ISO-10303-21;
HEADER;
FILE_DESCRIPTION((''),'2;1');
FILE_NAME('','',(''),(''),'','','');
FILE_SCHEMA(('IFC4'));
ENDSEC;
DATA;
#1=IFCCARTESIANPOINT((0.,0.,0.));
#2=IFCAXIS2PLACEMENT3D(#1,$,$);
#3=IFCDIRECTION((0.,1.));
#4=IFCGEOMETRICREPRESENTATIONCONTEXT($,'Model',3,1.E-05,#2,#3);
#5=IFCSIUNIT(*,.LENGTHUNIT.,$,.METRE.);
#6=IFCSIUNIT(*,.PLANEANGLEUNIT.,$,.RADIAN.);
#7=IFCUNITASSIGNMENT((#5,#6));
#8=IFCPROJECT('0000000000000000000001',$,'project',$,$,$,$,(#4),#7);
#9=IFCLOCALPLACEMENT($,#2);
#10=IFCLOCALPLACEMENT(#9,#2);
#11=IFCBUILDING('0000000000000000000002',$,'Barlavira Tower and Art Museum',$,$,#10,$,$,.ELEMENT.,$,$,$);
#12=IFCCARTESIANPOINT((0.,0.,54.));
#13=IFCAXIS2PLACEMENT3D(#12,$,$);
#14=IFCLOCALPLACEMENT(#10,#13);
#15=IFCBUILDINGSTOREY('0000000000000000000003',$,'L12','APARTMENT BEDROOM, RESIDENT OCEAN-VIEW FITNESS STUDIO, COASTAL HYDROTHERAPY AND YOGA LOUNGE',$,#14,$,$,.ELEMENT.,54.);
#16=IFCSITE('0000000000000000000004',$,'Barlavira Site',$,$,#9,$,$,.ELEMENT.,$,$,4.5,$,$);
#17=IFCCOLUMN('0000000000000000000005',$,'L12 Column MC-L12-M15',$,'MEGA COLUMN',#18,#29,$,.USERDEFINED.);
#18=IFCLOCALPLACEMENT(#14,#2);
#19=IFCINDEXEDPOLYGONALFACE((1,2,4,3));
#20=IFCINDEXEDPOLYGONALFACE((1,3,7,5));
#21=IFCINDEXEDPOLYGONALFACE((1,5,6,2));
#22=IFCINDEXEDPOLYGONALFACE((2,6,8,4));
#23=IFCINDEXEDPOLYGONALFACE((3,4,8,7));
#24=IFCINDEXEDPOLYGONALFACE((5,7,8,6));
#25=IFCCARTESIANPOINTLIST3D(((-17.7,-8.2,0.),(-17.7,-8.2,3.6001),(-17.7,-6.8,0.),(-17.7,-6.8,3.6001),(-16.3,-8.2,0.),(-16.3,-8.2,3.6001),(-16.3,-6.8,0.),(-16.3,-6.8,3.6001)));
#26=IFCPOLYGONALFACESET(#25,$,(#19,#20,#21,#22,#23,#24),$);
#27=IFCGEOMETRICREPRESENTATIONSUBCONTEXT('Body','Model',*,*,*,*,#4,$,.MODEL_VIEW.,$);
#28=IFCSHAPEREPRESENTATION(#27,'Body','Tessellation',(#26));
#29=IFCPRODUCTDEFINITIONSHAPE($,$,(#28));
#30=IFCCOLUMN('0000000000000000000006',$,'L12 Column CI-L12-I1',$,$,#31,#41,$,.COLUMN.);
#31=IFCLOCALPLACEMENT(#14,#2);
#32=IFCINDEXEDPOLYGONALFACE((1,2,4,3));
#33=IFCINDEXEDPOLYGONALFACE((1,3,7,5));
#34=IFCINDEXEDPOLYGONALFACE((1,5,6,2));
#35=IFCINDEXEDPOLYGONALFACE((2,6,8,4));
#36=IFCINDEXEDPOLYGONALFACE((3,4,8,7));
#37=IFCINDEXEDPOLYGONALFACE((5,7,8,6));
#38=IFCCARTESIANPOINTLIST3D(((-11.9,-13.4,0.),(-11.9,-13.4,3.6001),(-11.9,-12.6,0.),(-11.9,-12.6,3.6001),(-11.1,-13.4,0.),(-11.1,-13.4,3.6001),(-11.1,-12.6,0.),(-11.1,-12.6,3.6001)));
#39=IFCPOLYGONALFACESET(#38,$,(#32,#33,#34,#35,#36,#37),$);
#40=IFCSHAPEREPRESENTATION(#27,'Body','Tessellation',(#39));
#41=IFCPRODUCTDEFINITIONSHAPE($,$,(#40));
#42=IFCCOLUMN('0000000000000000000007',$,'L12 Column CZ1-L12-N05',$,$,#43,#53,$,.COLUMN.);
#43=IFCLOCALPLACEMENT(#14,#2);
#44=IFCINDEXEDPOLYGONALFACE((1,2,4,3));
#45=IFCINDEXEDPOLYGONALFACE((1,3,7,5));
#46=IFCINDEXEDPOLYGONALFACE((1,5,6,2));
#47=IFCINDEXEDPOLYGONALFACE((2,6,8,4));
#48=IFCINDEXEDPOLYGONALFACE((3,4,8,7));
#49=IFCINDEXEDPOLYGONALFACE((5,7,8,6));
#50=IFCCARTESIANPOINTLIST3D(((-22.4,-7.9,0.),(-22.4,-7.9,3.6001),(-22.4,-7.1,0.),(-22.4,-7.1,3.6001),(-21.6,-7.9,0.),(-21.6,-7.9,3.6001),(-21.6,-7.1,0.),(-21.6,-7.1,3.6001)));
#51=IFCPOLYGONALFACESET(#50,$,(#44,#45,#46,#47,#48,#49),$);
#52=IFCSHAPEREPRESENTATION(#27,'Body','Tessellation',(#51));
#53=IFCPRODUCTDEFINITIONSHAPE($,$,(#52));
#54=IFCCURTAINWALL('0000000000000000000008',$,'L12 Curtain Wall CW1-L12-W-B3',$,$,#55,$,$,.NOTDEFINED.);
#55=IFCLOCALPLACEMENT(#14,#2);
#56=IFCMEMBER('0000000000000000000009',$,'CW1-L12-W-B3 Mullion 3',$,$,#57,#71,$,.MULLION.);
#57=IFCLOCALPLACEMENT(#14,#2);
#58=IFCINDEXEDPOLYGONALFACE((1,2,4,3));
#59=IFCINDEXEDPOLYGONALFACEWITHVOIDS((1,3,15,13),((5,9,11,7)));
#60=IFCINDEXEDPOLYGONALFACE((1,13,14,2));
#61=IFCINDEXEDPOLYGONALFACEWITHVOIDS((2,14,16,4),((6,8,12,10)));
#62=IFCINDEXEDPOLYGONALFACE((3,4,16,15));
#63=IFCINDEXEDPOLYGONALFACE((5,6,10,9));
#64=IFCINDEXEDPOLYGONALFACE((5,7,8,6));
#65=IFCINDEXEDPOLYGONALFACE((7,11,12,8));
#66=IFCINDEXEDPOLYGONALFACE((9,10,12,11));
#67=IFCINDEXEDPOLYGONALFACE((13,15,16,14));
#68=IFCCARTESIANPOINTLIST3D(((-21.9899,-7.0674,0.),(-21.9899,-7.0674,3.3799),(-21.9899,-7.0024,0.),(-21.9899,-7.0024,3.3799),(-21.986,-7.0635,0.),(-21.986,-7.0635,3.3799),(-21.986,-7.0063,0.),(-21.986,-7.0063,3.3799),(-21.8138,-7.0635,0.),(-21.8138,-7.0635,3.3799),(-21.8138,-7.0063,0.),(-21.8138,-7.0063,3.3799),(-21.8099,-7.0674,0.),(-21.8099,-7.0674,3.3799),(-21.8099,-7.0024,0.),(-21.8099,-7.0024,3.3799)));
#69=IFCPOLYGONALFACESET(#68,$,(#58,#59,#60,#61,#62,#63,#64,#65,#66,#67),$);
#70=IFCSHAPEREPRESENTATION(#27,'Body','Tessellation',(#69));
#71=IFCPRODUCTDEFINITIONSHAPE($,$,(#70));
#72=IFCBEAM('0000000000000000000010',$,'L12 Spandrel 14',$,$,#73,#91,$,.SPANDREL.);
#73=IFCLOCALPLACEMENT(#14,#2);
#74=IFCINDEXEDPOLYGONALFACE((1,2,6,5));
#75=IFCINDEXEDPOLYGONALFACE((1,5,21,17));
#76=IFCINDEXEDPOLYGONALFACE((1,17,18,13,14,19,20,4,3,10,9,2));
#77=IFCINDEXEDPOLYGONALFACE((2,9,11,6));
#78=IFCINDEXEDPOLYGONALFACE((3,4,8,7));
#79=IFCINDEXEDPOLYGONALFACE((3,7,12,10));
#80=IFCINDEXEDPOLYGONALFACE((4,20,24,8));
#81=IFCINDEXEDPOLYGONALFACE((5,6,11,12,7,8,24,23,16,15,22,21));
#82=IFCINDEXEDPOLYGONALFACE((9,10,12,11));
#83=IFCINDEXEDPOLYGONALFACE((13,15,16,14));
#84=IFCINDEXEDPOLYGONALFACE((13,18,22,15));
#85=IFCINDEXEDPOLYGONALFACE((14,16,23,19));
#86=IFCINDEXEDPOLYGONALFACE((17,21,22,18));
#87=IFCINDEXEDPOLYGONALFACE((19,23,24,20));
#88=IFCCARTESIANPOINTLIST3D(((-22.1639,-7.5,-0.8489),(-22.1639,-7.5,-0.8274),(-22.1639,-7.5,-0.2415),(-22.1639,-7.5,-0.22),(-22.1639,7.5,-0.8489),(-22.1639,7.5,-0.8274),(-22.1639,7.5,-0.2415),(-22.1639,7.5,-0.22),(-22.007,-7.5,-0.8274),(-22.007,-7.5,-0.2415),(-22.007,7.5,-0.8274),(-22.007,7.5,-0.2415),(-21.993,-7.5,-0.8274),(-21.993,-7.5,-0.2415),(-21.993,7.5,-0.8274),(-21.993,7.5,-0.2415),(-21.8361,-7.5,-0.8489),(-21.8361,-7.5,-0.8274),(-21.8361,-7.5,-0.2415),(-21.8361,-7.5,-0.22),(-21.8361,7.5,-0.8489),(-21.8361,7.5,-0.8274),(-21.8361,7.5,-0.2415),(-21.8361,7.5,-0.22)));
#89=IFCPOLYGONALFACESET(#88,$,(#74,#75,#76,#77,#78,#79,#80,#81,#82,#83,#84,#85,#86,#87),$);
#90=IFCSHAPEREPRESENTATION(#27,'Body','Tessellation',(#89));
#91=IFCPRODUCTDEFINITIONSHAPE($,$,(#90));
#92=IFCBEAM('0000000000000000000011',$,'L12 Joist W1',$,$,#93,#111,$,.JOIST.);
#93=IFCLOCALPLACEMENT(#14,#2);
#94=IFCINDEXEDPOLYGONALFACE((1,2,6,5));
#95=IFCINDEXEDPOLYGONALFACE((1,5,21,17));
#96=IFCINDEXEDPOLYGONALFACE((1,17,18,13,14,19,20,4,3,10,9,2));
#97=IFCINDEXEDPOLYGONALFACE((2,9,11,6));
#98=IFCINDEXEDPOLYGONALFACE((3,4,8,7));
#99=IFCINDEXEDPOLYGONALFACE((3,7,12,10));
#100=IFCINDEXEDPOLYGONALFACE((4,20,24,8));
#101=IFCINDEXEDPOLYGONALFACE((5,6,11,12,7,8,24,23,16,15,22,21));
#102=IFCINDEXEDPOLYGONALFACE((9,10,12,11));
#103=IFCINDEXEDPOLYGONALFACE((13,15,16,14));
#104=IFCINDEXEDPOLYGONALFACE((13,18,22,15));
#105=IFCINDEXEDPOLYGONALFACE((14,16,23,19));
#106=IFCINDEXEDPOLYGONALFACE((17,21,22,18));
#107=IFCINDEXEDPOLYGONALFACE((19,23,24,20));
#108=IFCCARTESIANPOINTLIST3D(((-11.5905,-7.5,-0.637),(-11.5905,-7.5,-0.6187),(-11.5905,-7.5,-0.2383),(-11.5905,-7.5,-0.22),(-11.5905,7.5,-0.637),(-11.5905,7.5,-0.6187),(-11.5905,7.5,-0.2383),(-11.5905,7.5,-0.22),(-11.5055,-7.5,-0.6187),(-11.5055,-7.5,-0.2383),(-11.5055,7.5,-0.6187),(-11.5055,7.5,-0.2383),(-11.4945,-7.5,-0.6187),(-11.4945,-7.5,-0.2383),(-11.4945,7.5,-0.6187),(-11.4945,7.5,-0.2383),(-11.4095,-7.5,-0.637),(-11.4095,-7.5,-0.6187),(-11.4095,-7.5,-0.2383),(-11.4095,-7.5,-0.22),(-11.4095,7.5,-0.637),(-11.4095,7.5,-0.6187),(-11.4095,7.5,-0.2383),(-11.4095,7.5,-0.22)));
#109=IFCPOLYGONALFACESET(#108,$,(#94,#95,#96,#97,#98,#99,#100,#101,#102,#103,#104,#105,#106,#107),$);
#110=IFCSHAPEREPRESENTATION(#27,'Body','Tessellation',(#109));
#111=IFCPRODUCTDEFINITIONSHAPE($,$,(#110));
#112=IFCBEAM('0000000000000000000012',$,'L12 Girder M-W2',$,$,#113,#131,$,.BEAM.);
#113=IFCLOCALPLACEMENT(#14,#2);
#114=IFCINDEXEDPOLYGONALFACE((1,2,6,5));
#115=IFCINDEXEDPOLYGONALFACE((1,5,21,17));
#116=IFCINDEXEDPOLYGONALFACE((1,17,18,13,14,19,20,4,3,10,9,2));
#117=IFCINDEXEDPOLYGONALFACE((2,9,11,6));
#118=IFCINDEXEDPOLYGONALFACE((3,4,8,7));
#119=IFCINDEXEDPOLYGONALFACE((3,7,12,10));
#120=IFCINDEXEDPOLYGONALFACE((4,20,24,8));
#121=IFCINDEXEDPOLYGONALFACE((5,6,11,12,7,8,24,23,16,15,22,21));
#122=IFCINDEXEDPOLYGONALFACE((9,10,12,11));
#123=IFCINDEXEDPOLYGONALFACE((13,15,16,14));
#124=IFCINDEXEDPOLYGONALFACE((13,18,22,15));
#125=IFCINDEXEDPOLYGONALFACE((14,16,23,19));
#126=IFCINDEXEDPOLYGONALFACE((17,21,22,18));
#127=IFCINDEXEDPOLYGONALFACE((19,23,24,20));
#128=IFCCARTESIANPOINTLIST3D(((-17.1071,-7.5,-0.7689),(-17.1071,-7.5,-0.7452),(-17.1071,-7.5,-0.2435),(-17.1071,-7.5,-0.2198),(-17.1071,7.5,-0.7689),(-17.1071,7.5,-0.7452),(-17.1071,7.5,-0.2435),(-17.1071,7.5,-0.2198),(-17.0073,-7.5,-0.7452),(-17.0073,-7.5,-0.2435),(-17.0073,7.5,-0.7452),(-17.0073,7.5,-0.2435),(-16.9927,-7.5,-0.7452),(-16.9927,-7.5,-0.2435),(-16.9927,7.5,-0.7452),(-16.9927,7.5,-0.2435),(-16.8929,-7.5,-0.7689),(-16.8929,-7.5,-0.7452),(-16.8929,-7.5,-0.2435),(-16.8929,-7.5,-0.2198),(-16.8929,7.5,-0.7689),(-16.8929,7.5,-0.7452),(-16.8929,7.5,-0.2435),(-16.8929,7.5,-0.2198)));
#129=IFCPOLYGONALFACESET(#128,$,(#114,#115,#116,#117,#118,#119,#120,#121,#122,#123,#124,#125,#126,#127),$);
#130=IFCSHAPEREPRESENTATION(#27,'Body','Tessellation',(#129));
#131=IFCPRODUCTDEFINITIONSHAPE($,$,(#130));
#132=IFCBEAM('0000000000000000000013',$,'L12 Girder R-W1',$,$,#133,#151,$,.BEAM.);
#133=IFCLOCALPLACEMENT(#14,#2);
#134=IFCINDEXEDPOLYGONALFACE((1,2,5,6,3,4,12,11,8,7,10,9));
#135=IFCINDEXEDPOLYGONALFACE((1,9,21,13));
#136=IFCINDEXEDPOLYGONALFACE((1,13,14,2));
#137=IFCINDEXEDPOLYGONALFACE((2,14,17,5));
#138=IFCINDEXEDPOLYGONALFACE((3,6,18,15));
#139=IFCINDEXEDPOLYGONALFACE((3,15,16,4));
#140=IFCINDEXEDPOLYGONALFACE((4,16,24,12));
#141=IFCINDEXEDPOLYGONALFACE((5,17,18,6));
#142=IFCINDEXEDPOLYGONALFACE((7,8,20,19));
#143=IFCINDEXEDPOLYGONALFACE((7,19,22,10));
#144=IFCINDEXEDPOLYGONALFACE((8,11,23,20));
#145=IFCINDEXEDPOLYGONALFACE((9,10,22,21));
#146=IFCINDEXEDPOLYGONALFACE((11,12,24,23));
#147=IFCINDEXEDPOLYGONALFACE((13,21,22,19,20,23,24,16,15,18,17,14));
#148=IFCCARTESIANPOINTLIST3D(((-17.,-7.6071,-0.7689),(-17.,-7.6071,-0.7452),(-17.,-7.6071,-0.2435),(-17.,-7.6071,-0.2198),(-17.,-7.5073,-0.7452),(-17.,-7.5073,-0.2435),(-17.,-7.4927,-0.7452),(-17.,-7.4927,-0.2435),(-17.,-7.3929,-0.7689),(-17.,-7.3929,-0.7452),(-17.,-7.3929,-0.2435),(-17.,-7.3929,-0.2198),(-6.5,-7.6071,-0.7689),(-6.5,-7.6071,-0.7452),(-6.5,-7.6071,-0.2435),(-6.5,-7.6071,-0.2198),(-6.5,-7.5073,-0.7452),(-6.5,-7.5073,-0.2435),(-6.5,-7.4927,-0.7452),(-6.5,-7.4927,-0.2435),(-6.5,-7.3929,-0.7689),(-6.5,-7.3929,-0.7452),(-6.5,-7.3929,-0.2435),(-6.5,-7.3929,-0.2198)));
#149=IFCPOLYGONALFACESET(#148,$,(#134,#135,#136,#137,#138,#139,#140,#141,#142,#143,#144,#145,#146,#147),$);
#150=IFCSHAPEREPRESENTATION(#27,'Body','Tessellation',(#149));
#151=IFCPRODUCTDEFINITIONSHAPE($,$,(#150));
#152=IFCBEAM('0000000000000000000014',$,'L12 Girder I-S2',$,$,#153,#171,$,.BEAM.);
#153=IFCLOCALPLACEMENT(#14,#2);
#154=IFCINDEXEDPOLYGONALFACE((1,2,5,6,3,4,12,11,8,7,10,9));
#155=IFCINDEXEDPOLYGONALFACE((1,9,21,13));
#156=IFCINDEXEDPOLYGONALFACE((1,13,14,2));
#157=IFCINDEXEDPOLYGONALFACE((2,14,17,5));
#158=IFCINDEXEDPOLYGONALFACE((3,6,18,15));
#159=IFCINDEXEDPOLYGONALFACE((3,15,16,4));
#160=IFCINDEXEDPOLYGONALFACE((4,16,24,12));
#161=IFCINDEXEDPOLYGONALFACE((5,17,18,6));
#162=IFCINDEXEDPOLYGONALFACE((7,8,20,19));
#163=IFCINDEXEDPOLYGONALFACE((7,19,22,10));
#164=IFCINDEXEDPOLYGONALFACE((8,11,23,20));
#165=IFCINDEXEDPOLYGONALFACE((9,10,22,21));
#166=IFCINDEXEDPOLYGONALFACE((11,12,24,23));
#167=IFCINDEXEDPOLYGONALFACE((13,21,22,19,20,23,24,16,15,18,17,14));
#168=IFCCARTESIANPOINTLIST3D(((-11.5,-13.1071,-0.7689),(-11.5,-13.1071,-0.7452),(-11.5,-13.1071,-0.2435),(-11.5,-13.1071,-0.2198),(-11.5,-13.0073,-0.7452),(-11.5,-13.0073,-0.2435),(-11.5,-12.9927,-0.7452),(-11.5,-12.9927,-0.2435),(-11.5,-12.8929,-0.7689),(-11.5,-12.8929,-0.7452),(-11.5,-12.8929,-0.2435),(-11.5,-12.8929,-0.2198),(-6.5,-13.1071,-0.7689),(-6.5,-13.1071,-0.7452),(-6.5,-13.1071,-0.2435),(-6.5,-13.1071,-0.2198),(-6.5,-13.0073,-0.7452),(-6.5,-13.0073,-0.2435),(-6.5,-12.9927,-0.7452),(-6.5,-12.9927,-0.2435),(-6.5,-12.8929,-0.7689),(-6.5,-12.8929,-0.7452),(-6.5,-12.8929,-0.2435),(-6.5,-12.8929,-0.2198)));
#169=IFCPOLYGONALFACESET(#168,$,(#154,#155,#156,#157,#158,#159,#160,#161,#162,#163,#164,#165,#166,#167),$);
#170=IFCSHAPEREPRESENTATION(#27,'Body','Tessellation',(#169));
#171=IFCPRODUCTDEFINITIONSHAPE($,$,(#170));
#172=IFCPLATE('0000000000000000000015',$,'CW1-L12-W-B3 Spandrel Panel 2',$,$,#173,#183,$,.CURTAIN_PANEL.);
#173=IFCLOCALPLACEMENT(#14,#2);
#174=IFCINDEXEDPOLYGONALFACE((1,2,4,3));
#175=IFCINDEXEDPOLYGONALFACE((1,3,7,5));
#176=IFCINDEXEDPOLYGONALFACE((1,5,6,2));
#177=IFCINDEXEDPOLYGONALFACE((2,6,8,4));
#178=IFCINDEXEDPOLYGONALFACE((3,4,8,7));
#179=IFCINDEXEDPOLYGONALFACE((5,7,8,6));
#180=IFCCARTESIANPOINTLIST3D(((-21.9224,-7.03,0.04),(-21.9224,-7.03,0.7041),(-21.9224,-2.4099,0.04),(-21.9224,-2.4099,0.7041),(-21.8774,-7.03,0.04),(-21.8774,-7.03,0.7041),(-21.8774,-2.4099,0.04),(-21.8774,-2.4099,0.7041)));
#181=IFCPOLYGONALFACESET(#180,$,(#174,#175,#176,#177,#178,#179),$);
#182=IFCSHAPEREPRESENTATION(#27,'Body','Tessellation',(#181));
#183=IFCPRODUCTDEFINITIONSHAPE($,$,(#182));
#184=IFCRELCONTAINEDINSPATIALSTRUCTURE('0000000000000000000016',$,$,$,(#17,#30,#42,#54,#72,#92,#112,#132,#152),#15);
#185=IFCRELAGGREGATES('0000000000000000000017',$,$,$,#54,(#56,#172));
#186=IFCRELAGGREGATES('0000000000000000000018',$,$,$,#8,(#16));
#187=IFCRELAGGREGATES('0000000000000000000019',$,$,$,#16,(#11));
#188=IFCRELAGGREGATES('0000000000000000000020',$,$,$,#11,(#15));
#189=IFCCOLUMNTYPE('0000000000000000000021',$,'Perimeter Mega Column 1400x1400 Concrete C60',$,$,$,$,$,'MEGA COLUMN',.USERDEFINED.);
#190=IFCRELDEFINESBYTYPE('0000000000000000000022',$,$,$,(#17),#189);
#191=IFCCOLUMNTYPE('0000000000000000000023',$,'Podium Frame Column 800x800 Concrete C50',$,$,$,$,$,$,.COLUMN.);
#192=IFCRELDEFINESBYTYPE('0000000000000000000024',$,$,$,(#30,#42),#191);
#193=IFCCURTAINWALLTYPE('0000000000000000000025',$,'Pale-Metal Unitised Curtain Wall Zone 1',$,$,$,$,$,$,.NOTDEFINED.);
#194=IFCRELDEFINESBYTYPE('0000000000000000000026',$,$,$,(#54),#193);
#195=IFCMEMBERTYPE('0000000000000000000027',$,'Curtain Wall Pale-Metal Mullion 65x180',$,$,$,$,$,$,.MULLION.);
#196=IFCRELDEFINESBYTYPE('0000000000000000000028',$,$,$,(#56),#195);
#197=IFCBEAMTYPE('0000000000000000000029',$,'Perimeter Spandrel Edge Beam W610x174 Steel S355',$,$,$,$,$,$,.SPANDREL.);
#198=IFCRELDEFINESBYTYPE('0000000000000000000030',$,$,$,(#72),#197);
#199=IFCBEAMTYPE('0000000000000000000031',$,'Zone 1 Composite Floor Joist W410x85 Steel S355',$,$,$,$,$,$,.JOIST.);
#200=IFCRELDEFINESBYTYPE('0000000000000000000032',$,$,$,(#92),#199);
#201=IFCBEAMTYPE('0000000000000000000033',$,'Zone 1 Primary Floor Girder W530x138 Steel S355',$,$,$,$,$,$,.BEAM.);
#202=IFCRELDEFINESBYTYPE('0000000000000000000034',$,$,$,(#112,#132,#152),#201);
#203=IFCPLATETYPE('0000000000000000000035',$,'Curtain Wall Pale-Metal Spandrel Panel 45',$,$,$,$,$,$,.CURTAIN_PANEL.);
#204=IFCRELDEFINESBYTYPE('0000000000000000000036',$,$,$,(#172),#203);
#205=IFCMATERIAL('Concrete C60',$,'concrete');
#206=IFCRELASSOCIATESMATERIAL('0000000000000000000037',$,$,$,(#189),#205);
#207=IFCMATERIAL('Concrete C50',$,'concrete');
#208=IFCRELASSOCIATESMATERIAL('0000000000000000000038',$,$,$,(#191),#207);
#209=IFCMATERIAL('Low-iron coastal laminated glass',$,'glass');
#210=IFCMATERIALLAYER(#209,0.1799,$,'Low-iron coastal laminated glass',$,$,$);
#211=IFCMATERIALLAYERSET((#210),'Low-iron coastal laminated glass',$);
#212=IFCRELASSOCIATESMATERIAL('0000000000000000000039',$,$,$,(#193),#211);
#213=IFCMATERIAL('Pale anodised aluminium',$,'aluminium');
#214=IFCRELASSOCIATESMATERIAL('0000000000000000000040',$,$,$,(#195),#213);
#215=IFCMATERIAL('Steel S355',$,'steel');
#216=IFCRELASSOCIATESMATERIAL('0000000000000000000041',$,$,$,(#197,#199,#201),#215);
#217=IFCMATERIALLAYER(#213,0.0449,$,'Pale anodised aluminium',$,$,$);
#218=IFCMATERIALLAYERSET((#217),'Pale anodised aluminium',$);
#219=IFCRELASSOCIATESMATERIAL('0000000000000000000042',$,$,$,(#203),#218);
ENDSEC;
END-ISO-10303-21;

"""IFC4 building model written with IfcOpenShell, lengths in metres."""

from ifc_helpers import new_model, si_unit, direction, frame, origin, origin_2d, place, context, subcontext, project, spatial, rectangle, hollow_rectangle, i_section, extrude, material, layer, layer_set, material_profile, profile_set, type_object, element, aggregate, save


model = new_model("IFC4")

# Units and contexts
model_context = context("Model", 3, precision=1e-05, world=origin(), true_north=direction((0.0, 1.0)))
body_context = subcontext(model_context, "Body", "Model", "MODEL_VIEW")
ifc_project = project(units=[si_unit("LENGTHUNIT", "METRE"), si_unit("PLANEANGLEUNIT", "RADIAN")], contexts=[model_context])

# Site, building, storey
site_placement = place(None, origin())
site = spatial("IfcSite", under=ifc_project, at=site_placement, Name="Barlavira Site", CompositionType="ELEMENT", RefElevation=4.5)
building_placement = place(site_placement, origin())
building = spatial("IfcBuilding", under=site, at=building_placement, Name="Barlavira Tower and Art Museum", CompositionType="ELEMENT")
storey_placement = place(building_placement, frame((0.0, 0.0, 54.0)))
storey = spatial("IfcBuildingStorey", under=building, at=storey_placement, Name="L12", Description="APARTMENT BEDROOM, RESIDENT OCEAN-VIEW FITNESS STUDIO, COASTAL HYDROTHERAPY AND YOGA LOUNGE", CompositionType="ELEMENT", Elevation=54.0)

# Columns
ifc_material_1 = material(Name="Concrete C60", Category="concrete")
ifc_material_profile_1 = material_profile(ifc_material_1, rectangle(XDim=1.3999, YDim=1.3999, at=origin_2d()), Name="RC-MCOL 1400x1400")
ifc_profile_set_1 = profile_set([ifc_material_profile_1], Name="Concrete C60")
column_type_1 = type_object("IfcColumnType", Name="Perimeter Mega Column 1400x1400 Concrete C60", ElementType="MEGA COLUMN", PredefinedType="USERDEFINED", material=ifc_profile_set_1)
column_placement = place(storey_placement, frame((-17.0, -7.5, 0.0), z_axis=(0.0, 0.0, 1.0), x_axis=(1.0, 0.0, 0.0)))
element("IfcColumn", 1, at=column_placement, inside=storey, type_object=column_type_1, Name="L12 Column MC-L12-M15", ObjectType="MEGA COLUMN", PredefinedType="USERDEFINED", context=body_context, shape_type="SweptSolid", body=[
    extrude(rectangle(XDim=1.3999, YDim=1.3999, at=origin_2d()), origin(), (0.0, 0.0, 1.0), 3.6001),
])
ifc_material_2 = material(Name="Concrete C50", Category="concrete")
ifc_material_profile_2 = material_profile(ifc_material_2, rectangle(XDim=0.8, YDim=0.8, at=origin_2d()), Name="RC-COL 800x800")
ifc_profile_set_2 = profile_set([ifc_material_profile_2], Name="Concrete C50")
column_type_2 = type_object("IfcColumnType", Name="Podium Frame Column 800x800 Concrete C50", PredefinedType="COLUMN", material=ifc_profile_set_2)
for number, where, z_axis, x_axis, name in (
    (2, (-11.5, -13.0, 0.0), (0.0, 0.0, 1.0), (1.0, 0.0, 0.0), "L12 Column CI-L12-I1"),
    (3, (-22.0, -7.5, 0.0), (0.0, 0.0, 1.0), (1.0, 0.0, 0.0), "L12 Column CZ1-L12-N05"),
):
    element("IfcColumn", number, at=place(storey_placement, frame(where, z_axis=z_axis, x_axis=x_axis)), inside=storey, type_object=column_type_2, Name=name, PredefinedType="COLUMN", context=body_context, shape_type="SweptSolid", body=[
        extrude(rectangle(XDim=0.8, YDim=0.8, at=origin_2d()), origin(), (0.0, 0.0, 1.0), 3.6001),
    ])

# Curtain wall, member
ifc_material_3 = material(Name="Low-iron coastal laminated glass", Category="glass")
ifc_layer_1 = layer(ifc_material_3, 0.1799, Name="Low-iron coastal laminated glass")
ifc_layer_set_1 = layer_set([ifc_layer_1], Name="Low-iron coastal laminated glass")
curtain_wall_type = type_object("IfcCurtainWallType", Name="Pale-Metal Unitised Curtain Wall Zone 1", PredefinedType="NOTDEFINED", material=ifc_layer_set_1)
curtain_wall_placement = place(storey_placement, origin())
curtain_wall = element("IfcCurtainWall", 4, at=curtain_wall_placement, inside=storey, type_object=curtain_wall_type, Name="L12 Curtain Wall CW1-L12-W-B3", PredefinedType="NOTDEFINED")
ifc_material_4 = material(Name="Pale anodised aluminium", Category="aluminium")
ifc_material_profile_3 = material_profile(ifc_material_4, hollow_rectangle(XDim=0.0649, YDim=0.1799, WallThickness=0.0039, at=origin_2d()), Name="ALU-MULL 65x180x4")
ifc_profile_set_3 = profile_set([ifc_material_profile_3], Name="Pale anodised aluminium")
member_type = type_object("IfcMemberType", Name="Curtain Wall Pale-Metal Mullion 65x180", PredefinedType="MULLION", material=ifc_profile_set_3)
member_placement = place(storey_placement, frame((-21.8999, -7.0349, 0.0), z_axis=(0.0, 0.0, 1.0), x_axis=(0.0, -1.0, 0.0)))
member = element("IfcMember", 5, at=member_placement, type_object=member_type, Name="CW1-L12-W-B3 Mullion 3", PredefinedType="MULLION", context=body_context, shape_type="SweptSolid", body=[
    extrude(hollow_rectangle(XDim=0.0649, YDim=0.1799, WallThickness=0.0039, at=origin_2d()), origin(), (0.0, 0.0, 1.0), 3.3799),
])

# Beams
ifc_material_5 = material(Name="Steel S355", Category="steel")
ifc_material_profile_4 = material_profile(ifc_material_5, i_section(OverallWidth=0.3279, OverallDepth=0.6289, WebThickness=0.0139, FlangeThickness=0.0215, at=origin_2d()), Name="W610x174.0")
ifc_profile_set_4 = profile_set([ifc_material_profile_4], Name="Steel S355")
beam_type_1 = type_object("IfcBeamType", Name="Perimeter Spandrel Edge Beam W610x174 Steel S355", PredefinedType="SPANDREL", material=ifc_profile_set_4)
beam_1_placement = place(storey_placement, frame((-22.0, -7.5, -0.5344), z_axis=(0.0, 1.0, 0.0), x_axis=(-1.0, 0.0, 0.0)))
element("IfcBeam", 6, at=beam_1_placement, inside=storey, type_object=beam_type_1, Name="L12 Spandrel 14", PredefinedType="SPANDREL", context=body_context, shape_type="SweptSolid", body=[
    extrude(i_section(OverallWidth=0.3279, OverallDepth=0.6289, WebThickness=0.0139, FlangeThickness=0.0215, at=origin_2d()), origin(), (0.0, 0.0, 1.0), 15.0),
])
ifc_material_profile_5 = material_profile(ifc_material_5, i_section(OverallWidth=0.1809, OverallDepth=0.417, WebThickness=0.011, FlangeThickness=0.0183, at=origin_2d()), Name="W410x85.0")
ifc_profile_set_5 = profile_set([ifc_material_profile_5], Name="Steel S355")
beam_type_2 = type_object("IfcBeamType", Name="Zone 1 Composite Floor Joist W410x85 Steel S355", PredefinedType="JOIST", material=ifc_profile_set_5)
beam_2_placement = place(storey_placement, frame((-11.5, -7.5, -0.4285), z_axis=(0.0, 1.0, 0.0), x_axis=(-1.0, 0.0, 0.0)))
element("IfcBeam", 7, at=beam_2_placement, inside=storey, type_object=beam_type_2, Name="L12 Joist W1", PredefinedType="JOIST", context=body_context, shape_type="SweptSolid", body=[
    extrude(i_section(OverallWidth=0.1809, OverallDepth=0.417, WebThickness=0.011, FlangeThickness=0.0183, at=origin_2d()), origin(), (0.0, 0.0, 1.0), 15.0),
])
ifc_material_profile_6 = material_profile(ifc_material_5, i_section(OverallWidth=0.2141, OverallDepth=0.5491, WebThickness=0.0146, FlangeThickness=0.0237, at=origin_2d()), Name="W530x138.0")
ifc_profile_set_6 = profile_set([ifc_material_profile_6], Name="Steel S355")
beam_type_3 = type_object("IfcBeamType", Name="Zone 1 Primary Floor Girder W530x138 Steel S355", PredefinedType="BEAM", material=ifc_profile_set_6)
beam_3_placement = place(storey_placement, frame((-17.0, -7.5, -0.4944), z_axis=(0.0, 1.0, 0.0), x_axis=(-1.0, 0.0, 0.0)))
element("IfcBeam", 8, at=beam_3_placement, inside=storey, type_object=beam_type_3, Name="L12 Girder M-W2", PredefinedType="BEAM", context=body_context, shape_type="SweptSolid", body=[
    extrude(i_section(OverallWidth=0.2141, OverallDepth=0.5491, WebThickness=0.0146, FlangeThickness=0.0237, at=origin_2d()), origin(), (0.0, 0.0, 1.0), 15.0),
])
beam_4_placement = place(storey_placement, frame((-17.0, -7.5, -0.4944), z_axis=(1.0, 0.0, 0.0), x_axis=(0.0, 1.0, 0.0)))
element("IfcBeam", 9, at=beam_4_placement, inside=storey, type_object=beam_type_3, Name="L12 Girder R-W1", PredefinedType="BEAM", context=body_context, shape_type="SweptSolid", body=[
    extrude(i_section(OverallWidth=0.2141, OverallDepth=0.5491, WebThickness=0.0146, FlangeThickness=0.0237, at=origin_2d()), origin(), (0.0, 0.0, 1.0), 10.5),
])
beam_5_placement = place(storey_placement, frame((-11.5, -13.0, -0.4944), z_axis=(1.0, 0.0, 0.0), x_axis=(0.0, 1.0, 0.0)))
element("IfcBeam", 10, at=beam_5_placement, inside=storey, type_object=beam_type_3, Name="L12 Girder I-S2", PredefinedType="BEAM", context=body_context, shape_type="SweptSolid", body=[
    extrude(i_section(OverallWidth=0.2141, OverallDepth=0.5491, WebThickness=0.0146, FlangeThickness=0.0237, at=origin_2d()), origin(), (0.0, 0.0, 1.0), 5.0),
])

# Plate
ifc_layer_2 = layer(ifc_material_4, 0.0449, Name="Pale anodised aluminium")
ifc_layer_set_2 = layer_set([ifc_layer_2], Name="Pale anodised aluminium")
plate_type_1 = type_object("IfcPlateType", Name="Curtain Wall Pale-Metal Spandrel Panel 45", PredefinedType="CURTAIN_PANEL", material=ifc_layer_set_2)
plate_1_placement = place(storey_placement, frame((-21.8999, -4.72, 0.04), z_axis=(0.0, 0.0, 1.0), x_axis=(0.0, -1.0, 0.0)))
plate_1 = element("IfcPlate", 11, at=plate_1_placement, type_object=plate_type_1, Name="CW1-L12-W-B3 Spandrel Panel 2", PredefinedType="CURTAIN_PANEL", context=body_context, shape_type="SweptSolid", body=[
    extrude(rectangle(XDim=4.6201, YDim=0.0449, at=origin_2d()), origin(), (0.0, 0.0, 1.0), 0.6641),
])
aggregate(curtain_wall, [member, plate_1])

save(model, "model.ifc")
